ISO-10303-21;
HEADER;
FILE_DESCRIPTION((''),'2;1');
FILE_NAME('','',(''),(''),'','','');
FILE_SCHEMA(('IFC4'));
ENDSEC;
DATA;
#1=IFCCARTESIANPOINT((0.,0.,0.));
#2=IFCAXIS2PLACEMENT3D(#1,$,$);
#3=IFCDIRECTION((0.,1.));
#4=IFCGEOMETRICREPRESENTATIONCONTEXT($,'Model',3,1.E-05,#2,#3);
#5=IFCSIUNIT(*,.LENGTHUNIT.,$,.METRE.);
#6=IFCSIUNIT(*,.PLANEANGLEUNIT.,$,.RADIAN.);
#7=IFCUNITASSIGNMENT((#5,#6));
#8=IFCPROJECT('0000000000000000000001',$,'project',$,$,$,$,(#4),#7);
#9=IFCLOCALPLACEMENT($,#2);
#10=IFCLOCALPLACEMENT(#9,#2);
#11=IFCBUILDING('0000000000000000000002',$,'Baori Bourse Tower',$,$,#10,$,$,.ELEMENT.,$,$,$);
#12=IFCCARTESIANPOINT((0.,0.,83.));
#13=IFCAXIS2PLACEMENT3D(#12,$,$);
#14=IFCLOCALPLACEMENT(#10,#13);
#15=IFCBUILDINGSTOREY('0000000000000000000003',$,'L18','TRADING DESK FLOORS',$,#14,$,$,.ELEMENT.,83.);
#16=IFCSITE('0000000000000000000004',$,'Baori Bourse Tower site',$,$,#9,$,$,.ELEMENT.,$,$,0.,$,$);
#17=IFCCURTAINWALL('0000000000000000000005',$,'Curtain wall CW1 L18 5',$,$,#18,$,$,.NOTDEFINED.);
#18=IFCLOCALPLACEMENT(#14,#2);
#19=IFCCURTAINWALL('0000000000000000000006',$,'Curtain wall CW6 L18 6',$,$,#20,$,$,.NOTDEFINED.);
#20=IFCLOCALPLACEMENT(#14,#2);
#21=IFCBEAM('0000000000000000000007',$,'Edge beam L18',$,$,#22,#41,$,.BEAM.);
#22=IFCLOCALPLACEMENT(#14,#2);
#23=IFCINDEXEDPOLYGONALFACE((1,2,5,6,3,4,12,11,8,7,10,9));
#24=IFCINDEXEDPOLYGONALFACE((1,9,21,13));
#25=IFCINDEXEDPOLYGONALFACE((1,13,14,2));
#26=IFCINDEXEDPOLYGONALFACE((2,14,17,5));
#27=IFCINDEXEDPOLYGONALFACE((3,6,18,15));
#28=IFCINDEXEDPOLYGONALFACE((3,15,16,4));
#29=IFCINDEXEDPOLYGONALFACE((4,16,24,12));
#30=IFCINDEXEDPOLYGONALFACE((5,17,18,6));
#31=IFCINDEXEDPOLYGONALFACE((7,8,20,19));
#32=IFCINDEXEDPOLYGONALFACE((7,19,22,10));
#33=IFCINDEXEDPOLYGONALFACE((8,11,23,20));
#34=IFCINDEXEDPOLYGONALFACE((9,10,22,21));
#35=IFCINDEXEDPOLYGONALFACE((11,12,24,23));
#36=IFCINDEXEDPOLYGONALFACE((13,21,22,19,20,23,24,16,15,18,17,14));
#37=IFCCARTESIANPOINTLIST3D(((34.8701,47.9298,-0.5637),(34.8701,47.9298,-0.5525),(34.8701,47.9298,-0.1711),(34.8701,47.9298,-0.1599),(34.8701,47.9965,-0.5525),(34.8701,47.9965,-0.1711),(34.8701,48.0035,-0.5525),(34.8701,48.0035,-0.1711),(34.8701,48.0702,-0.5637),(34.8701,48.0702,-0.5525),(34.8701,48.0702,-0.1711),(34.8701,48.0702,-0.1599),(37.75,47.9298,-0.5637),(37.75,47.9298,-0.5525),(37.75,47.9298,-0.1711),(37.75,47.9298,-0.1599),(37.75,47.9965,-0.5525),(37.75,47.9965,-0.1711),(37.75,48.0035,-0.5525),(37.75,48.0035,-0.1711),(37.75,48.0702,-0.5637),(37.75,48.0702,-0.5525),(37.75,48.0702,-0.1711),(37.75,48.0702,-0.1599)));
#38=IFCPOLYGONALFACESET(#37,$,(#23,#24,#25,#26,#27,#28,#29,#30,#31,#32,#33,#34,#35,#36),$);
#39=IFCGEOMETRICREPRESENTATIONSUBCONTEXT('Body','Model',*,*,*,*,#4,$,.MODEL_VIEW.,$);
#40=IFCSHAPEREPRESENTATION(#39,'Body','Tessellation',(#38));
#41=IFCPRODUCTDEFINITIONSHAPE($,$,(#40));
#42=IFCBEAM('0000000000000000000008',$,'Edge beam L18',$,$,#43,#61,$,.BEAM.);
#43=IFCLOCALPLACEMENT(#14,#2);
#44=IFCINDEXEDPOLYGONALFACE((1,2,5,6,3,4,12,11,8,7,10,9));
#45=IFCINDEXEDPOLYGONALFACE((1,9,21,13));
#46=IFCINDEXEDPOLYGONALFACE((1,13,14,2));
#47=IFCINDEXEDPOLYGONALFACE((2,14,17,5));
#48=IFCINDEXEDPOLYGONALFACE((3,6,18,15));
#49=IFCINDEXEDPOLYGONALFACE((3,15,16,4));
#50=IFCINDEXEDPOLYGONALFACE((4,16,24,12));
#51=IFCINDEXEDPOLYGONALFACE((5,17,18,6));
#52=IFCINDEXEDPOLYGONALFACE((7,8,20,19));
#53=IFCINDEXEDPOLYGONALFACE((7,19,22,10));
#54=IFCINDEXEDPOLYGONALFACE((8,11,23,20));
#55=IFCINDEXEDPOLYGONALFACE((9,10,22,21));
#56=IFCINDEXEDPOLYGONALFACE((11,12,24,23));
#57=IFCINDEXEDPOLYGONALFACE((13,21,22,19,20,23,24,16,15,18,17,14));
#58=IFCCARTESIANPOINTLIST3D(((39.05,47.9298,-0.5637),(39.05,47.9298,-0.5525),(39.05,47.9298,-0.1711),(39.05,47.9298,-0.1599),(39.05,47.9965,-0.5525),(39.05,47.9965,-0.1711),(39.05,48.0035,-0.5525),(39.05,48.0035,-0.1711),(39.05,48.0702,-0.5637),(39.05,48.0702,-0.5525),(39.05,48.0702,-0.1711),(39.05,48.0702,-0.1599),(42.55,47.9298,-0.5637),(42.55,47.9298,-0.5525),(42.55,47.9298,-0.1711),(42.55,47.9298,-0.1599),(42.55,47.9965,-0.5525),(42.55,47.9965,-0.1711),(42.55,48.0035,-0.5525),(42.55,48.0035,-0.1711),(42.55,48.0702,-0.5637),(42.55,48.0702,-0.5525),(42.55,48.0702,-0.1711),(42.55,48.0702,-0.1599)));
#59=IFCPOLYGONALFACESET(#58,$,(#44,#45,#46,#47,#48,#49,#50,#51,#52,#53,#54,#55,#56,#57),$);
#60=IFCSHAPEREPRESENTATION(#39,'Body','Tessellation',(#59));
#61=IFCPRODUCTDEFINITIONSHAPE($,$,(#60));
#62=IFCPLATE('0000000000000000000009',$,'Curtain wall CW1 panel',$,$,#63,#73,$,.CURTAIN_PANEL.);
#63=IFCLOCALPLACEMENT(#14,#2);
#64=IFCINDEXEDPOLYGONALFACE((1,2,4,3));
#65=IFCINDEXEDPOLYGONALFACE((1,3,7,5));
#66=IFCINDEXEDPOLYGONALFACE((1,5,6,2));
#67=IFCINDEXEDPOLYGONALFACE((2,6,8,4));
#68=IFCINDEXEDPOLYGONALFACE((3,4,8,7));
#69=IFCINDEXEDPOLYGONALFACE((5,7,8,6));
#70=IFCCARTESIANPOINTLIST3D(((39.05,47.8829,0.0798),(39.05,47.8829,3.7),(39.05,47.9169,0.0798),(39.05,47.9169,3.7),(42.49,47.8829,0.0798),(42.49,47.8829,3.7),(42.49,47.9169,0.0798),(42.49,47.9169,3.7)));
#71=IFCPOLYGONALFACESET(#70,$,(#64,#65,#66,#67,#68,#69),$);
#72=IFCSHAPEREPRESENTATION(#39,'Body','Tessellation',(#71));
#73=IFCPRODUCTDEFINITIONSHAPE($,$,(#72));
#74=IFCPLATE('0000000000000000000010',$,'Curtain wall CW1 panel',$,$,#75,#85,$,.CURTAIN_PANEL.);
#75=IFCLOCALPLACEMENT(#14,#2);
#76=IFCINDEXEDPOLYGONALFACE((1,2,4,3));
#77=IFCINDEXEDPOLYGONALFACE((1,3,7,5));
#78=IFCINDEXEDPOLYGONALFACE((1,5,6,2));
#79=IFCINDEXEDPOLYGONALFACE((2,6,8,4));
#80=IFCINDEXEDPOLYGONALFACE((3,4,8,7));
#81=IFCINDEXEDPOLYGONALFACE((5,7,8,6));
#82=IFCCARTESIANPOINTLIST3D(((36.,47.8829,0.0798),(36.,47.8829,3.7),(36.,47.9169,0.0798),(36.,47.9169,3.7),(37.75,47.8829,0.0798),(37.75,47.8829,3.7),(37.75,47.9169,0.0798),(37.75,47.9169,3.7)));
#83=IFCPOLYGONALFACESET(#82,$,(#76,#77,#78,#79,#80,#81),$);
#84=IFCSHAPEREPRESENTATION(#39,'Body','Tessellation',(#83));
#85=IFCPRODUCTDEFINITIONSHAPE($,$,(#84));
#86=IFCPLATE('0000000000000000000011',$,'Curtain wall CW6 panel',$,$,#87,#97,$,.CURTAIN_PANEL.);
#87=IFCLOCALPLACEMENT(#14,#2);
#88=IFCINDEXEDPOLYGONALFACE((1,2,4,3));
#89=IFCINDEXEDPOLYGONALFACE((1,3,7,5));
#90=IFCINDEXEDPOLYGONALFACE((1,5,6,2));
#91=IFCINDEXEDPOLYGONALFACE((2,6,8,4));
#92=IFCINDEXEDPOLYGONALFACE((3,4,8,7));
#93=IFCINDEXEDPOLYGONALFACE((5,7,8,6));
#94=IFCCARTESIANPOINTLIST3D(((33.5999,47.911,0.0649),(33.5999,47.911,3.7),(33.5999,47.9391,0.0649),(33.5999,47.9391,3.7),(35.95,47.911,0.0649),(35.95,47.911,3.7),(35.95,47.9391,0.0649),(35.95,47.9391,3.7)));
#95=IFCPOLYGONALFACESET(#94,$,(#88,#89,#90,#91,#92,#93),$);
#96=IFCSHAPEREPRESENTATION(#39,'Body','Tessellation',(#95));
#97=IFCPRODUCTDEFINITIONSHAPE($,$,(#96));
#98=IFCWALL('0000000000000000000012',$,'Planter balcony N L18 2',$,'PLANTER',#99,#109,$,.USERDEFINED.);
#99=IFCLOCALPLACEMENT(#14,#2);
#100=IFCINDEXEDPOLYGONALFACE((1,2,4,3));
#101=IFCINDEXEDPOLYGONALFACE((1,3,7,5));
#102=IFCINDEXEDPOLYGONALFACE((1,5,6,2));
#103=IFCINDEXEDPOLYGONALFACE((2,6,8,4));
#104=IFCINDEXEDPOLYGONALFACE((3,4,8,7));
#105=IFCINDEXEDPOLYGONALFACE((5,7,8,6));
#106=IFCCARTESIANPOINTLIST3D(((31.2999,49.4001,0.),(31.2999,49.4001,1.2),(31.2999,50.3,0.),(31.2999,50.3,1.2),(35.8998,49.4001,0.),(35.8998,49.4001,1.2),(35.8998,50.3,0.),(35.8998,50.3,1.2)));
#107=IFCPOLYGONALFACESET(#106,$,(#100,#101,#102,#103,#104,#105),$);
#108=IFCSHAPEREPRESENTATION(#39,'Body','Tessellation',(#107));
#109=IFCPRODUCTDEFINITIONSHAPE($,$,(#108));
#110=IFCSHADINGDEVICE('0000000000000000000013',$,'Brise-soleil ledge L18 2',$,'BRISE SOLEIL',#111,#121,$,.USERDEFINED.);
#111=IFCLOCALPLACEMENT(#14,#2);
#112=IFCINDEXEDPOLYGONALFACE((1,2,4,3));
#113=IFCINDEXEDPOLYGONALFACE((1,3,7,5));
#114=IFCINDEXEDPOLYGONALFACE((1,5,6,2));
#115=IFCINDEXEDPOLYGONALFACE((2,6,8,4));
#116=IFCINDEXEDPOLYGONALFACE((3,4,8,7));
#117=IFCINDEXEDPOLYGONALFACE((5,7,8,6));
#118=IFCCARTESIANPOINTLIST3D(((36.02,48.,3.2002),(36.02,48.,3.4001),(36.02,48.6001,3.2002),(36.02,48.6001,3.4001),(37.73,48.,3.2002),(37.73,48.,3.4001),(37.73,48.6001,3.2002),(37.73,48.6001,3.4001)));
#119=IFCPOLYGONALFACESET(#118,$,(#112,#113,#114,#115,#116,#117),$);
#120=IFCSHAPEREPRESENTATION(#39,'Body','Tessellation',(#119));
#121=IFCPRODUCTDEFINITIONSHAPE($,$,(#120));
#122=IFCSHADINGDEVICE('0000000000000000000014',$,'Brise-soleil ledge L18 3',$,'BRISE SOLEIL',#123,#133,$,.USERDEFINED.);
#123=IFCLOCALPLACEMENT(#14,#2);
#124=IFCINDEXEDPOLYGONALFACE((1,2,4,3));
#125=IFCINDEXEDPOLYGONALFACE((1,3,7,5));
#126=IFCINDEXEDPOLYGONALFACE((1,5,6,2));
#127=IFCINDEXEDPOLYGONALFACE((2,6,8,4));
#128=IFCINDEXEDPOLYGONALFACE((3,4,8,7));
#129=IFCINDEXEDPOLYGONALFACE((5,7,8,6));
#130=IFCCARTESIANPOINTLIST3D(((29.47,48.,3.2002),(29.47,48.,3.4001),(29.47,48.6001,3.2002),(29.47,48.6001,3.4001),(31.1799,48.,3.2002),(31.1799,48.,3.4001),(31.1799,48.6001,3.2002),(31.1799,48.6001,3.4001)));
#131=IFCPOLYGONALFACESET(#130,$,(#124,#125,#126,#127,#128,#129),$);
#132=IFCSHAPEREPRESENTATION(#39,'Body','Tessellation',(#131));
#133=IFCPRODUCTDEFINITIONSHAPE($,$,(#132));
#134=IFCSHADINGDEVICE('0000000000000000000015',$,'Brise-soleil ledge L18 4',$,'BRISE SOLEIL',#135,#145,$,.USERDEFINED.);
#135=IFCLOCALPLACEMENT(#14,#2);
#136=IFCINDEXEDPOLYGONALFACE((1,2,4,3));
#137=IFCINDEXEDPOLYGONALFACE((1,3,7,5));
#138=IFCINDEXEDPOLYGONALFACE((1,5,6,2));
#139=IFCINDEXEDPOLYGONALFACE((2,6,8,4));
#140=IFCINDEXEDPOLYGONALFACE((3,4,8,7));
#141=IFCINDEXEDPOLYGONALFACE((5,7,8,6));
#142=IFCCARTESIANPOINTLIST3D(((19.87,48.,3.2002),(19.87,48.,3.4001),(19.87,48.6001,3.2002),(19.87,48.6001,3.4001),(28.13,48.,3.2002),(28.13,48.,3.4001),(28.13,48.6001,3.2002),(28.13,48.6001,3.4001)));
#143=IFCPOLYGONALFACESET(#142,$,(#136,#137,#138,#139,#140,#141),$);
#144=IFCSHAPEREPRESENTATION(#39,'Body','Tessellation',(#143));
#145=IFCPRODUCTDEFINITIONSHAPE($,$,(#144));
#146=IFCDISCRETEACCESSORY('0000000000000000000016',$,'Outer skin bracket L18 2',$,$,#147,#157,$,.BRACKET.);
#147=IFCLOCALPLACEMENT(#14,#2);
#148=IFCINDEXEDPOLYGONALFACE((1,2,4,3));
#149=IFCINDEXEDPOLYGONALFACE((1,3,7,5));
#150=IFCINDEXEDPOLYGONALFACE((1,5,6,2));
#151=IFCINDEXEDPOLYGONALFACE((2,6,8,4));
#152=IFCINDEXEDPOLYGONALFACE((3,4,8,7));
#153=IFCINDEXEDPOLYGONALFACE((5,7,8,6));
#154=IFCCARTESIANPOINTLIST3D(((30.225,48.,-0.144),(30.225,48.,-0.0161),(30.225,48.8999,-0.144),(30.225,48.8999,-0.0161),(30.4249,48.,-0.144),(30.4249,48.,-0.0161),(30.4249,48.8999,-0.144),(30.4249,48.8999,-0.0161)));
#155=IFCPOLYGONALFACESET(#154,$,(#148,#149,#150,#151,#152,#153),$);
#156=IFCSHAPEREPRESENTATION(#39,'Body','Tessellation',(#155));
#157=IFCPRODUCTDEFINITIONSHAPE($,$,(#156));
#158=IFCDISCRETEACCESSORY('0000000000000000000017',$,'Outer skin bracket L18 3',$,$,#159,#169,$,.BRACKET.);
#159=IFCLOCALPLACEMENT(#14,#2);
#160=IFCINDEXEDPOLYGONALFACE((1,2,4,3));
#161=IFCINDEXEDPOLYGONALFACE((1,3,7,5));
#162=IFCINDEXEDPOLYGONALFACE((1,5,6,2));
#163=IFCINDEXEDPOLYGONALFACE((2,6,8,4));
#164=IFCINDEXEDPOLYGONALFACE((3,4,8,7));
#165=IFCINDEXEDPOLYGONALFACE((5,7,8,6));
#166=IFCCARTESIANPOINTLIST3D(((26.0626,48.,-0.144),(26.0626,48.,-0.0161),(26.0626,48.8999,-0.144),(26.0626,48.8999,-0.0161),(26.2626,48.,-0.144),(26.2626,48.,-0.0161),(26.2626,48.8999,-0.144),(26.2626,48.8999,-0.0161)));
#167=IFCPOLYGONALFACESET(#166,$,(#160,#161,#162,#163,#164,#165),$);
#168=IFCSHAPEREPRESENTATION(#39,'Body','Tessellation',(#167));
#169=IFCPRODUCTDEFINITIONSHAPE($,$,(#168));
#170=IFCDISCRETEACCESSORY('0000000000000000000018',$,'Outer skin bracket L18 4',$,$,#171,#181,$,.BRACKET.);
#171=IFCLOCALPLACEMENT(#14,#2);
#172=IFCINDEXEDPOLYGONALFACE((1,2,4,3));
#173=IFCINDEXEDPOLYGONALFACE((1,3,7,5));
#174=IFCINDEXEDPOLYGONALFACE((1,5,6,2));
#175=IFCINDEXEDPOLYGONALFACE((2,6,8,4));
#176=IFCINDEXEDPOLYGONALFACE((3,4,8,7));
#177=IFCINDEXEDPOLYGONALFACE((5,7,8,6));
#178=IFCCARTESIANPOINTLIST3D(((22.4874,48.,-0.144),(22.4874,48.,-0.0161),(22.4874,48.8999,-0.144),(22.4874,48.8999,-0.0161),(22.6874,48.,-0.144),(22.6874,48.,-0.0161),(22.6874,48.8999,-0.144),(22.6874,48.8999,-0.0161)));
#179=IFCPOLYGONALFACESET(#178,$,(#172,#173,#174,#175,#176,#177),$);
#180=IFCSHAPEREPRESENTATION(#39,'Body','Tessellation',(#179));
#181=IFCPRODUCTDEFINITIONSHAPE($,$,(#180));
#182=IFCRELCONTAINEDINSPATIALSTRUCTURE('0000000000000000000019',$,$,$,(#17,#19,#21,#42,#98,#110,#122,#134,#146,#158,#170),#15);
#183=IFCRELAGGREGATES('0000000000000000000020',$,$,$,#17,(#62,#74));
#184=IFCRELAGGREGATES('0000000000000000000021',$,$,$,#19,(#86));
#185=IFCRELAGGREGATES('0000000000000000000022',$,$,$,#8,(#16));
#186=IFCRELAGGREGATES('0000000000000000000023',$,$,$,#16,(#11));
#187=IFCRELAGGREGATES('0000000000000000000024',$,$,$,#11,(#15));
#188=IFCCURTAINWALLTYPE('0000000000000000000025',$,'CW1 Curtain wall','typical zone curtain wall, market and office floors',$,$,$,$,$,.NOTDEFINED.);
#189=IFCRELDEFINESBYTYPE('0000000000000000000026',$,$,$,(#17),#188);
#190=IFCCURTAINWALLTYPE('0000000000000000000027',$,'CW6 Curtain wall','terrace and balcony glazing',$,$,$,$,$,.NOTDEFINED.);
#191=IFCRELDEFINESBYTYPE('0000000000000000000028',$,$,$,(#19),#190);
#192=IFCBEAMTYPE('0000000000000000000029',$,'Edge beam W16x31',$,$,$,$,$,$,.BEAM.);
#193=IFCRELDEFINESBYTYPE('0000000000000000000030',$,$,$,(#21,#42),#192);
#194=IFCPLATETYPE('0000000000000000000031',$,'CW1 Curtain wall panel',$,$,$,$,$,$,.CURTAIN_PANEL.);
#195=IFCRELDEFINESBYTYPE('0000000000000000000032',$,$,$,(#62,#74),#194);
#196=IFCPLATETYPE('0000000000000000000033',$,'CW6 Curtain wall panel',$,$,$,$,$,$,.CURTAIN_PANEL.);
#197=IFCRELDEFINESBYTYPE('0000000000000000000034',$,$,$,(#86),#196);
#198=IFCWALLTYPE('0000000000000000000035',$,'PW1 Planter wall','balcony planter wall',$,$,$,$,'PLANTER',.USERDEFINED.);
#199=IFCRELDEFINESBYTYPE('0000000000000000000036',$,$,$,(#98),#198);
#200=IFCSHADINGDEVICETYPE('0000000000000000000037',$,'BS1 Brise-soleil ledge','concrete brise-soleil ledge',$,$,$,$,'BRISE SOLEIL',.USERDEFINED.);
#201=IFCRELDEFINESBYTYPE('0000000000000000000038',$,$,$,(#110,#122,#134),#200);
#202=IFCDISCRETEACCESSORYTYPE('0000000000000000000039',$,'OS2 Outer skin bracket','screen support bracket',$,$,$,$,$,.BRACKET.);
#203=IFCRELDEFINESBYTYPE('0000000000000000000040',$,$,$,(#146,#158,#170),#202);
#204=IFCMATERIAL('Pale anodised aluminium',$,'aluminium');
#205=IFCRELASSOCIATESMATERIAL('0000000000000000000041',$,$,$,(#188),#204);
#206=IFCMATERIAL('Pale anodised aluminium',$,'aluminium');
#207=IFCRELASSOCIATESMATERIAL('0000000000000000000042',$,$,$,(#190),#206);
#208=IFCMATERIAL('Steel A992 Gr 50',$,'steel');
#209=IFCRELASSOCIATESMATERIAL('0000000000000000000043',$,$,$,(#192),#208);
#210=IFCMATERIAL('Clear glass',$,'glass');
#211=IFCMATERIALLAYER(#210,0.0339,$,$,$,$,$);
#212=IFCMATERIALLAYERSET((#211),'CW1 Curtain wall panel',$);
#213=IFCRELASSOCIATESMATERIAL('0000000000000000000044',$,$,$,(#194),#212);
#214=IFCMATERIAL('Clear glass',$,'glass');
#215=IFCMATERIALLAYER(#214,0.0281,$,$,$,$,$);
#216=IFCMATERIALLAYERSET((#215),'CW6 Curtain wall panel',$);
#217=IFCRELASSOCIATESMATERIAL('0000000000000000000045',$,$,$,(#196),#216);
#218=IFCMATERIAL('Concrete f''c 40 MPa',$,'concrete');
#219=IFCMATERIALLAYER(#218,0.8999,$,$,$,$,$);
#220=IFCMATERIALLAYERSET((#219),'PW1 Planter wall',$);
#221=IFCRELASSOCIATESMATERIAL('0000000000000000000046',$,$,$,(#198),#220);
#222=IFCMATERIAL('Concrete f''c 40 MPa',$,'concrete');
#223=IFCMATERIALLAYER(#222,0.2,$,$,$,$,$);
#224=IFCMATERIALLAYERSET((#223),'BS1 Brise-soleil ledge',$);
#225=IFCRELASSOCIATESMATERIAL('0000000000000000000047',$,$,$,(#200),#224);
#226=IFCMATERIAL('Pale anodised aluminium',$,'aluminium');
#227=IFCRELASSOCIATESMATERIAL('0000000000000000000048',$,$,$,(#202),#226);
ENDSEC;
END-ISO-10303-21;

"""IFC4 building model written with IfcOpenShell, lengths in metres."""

from ifc_helpers import new_model, si_unit, direction, frame, frame_2d, origin, origin_2d, place, context, subcontext, project, spatial, rectangle, i_section, extrude, material, layer, layer_set, material_profile, profile_set, type_object, element, aggregate, save


model = new_model("IFC4")

# Units and contexts
model_context = context("Model", 3, precision=1e-05, world=origin(), true_north=direction((0.0, 1.0)))
body_context = subcontext(model_context, "Body", "Model", "MODEL_VIEW")
ifc_project = project(units=[si_unit("LENGTHUNIT", "METRE"), si_unit("PLANEANGLEUNIT", "RADIAN")], contexts=[model_context])

# Site, building, storey
site_placement = place(None, origin())
site = spatial("IfcSite", under=ifc_project, at=site_placement, Name="Baori Bourse Tower site", CompositionType="ELEMENT", RefElevation=0.0)
building_placement = place(site_placement, origin())
building = spatial("IfcBuilding", under=site, at=building_placement, Name="Baori Bourse Tower", CompositionType="ELEMENT")
storey_placement = place(building_placement, frame((0.0, 0.0, 83.0)))
storey = spatial("IfcBuildingStorey", under=building, at=storey_placement, Name="L18", Description="TRADING DESK FLOORS", CompositionType="ELEMENT", Elevation=83.0)

# Curtain wall
ifc_material_1 = material(Name="Pale anodised aluminium", Category="aluminium")
curtain_wall_type_1 = type_object("IfcCurtainWallType", Name="CW1 Curtain wall", Description="typical zone curtain wall, market and office floors", PredefinedType="NOTDEFINED", material=ifc_material_1)
curtain_wall_1_placement = place(storey_placement, origin())
curtain_wall_1 = element("IfcCurtainWall", 1, at=curtain_wall_1_placement, inside=storey, type_object=curtain_wall_type_1, Name="Curtain wall CW1 L18 5", PredefinedType="NOTDEFINED")

# Curtain wall
ifc_material_2 = material(Name="Pale anodised aluminium", Category="aluminium")
curtain_wall_type_2 = type_object("IfcCurtainWallType", Name="CW6 Curtain wall", Description="terrace and balcony glazing", PredefinedType="NOTDEFINED", material=ifc_material_2)
curtain_wall_2_placement = place(storey_placement, origin())
curtain_wall_2 = element("IfcCurtainWall", 2, at=curtain_wall_2_placement, inside=storey, type_object=curtain_wall_type_2, Name="Curtain wall CW6 L18 6", PredefinedType="NOTDEFINED")

# Beams
ifc_material_3 = material(Name="Steel A992 Gr 50", Category="steel")
ifc_material_profile_1 = material_profile(ifc_material_3, i_section(OverallWidth=0.1404, OverallDepth=0.4038, WebThickness=0.0071, FlangeThickness=0.0112, at=origin_2d()), Name="W16x31")
ifc_profile_set_1 = profile_set([ifc_material_profile_1], Name="Steel A992 Gr 50")
beam_type_1 = type_object("IfcBeamType", Name="Edge beam W16x31", PredefinedType="BEAM", material=ifc_profile_set_1)
beam_1_placement = place(storey_placement, frame((34.8701, 48.0, -0.3618), z_axis=(1.0, 0.0, 0.0), x_axis=(0.0, 1.0, 0.0)))
element("IfcBeam", 3, at=beam_1_placement, inside=storey, type_object=beam_type_1, Name="Edge beam L18", PredefinedType="BEAM", context=body_context, shape_type="SweptSolid", body=[
    extrude(i_section(OverallWidth=0.1404, OverallDepth=0.4038, WebThickness=0.0071, FlangeThickness=0.0112, at=origin_2d()), origin(), (0.0, 0.0, 1.0), 2.8799),
])
beam_2_placement = place(storey_placement, frame((39.05, 48.0, -0.3618), z_axis=(1.0, 0.0, 0.0), x_axis=(0.0, 1.0, 0.0)))
element("IfcBeam", 4, at=beam_2_placement, inside=storey, type_object=beam_type_1, Name="Edge beam L18", PredefinedType="BEAM", context=body_context, shape_type="SweptSolid", body=[
    extrude(i_section(OverallWidth=0.1404, OverallDepth=0.4038, WebThickness=0.0071, FlangeThickness=0.0112, at=origin_2d()), origin(), (0.0, 0.0, 1.0), 3.5),
])

# Plates
ifc_material_4 = material(Name="Clear glass", Category="glass")
ifc_layer_1 = layer(ifc_material_4, 0.0339)
ifc_layer_set_1 = layer_set([ifc_layer_1], Name="CW1 Curtain wall panel")
plate_type_1 = type_object("IfcPlateType", Name="CW1 Curtain wall panel", PredefinedType="CURTAIN_PANEL", material=ifc_layer_set_1)
plate_1_placement = place(storey_placement, frame((40.77, 47.8999, 0.0798), z_axis=(0.0, 0.0, 1.0), x_axis=(-1.0, 0.0, 0.0)))
plate_1 = element("IfcPlate", 5, at=plate_1_placement, type_object=plate_type_1, Name="Curtain wall CW1 panel", PredefinedType="CURTAIN_PANEL", context=body_context, shape_type="SweptSolid", body=[
    extrude(rectangle(XDim=3.4399, YDim=0.0339, at=origin_2d()), origin(), (0.0, 0.0, 1.0), 3.6201),
])
plate_2_placement = place(storey_placement, frame((36.875, 47.8999, 0.0798), z_axis=(0.0, 0.0, 1.0), x_axis=(-1.0, 0.0, 0.0)))
plate_2 = element("IfcPlate", 6, at=plate_2_placement, type_object=plate_type_1, Name="Curtain wall CW1 panel", PredefinedType="CURTAIN_PANEL", context=body_context, shape_type="SweptSolid", body=[
    extrude(rectangle(XDim=1.75, YDim=0.0339, at=origin_2d()), origin(), (0.0, 0.0, 1.0), 3.6201),
])
aggregate(curtain_wall_1, [plate_1, plate_2])
ifc_material_5 = material(Name="Clear glass", Category="glass")
ifc_layer_2 = layer(ifc_material_5, 0.0281)
ifc_layer_set_2 = layer_set([ifc_layer_2], Name="CW6 Curtain wall panel")
plate_type_2 = type_object("IfcPlateType", Name="CW6 Curtain wall panel", PredefinedType="CURTAIN_PANEL", material=ifc_layer_set_2)
plate_3_placement = place(storey_placement, frame((34.7749, 47.925, 0.0649), z_axis=(0.0, 0.0, 1.0), x_axis=(-1.0, 0.0, 0.0)))
plate_3 = element("IfcPlate", 7, at=plate_3_placement, type_object=plate_type_2, Name="Curtain wall CW6 panel", PredefinedType="CURTAIN_PANEL", context=body_context, shape_type="SweptSolid", body=[
    extrude(rectangle(XDim=2.3501, YDim=0.0281, at=origin_2d()), origin(), (0.0, 0.0, 1.0), 3.635),
])
aggregate(curtain_wall_2, [plate_3])

# Wall
ifc_material_6 = material(Name="Concrete f'c 40 MPa", Category="concrete")
ifc_layer_3 = layer(ifc_material_6, 0.8999)
ifc_layer_set_3 = layer_set([ifc_layer_3], Name="PW1 Planter wall")
wall_type = type_object("IfcWallType", Name="PW1 Planter wall", Description="balcony planter wall", ElementType="PLANTER", PredefinedType="USERDEFINED", material=ifc_layer_set_3)
wall_placement = place(storey_placement, frame((31.3, 49.8501, 0.0), z_axis=(0.0, 0.0, 1.0), x_axis=(1.0, 0.0, 0.0)))
element("IfcWall", 8, at=wall_placement, inside=storey, type_object=wall_type, Name="Planter balcony N L18 2", ObjectType="PLANTER", PredefinedType="USERDEFINED", context=body_context, shape_type="SweptSolid", body=[
    extrude(rectangle(XDim=4.5999, YDim=0.8999, at=frame_2d((2.2998, 0.0))), origin(), (0.0, 0.0, 1.0), 1.2),
])

# Shading devices
ifc_material_7 = material(Name="Concrete f'c 40 MPa", Category="concrete")
ifc_layer_4 = layer(ifc_material_7, 0.2)
ifc_layer_set_4 = layer_set([ifc_layer_4], Name="BS1 Brise-soleil ledge")
shading_device_type = type_object("IfcShadingDeviceType", Name="BS1 Brise-soleil ledge", Description="concrete brise-soleil ledge", ElementType="BRISE SOLEIL", PredefinedType="USERDEFINED", material=ifc_layer_set_4)
for number, where, z_axis, x_axis, name in (
    (9, (36.875, 48.3, 3.2002), (0.0, 0.0, 1.0), (-1.0, 0.0, 0.0), "Brise-soleil ledge L18 2"),
    (10, (30.325, 48.3, 3.2002), (0.0, 0.0, 1.0), (-1.0, 0.0, 0.0), "Brise-soleil ledge L18 3"),
):
    element("IfcShadingDevice", number, at=place(storey_placement, frame(where, z_axis=z_axis, x_axis=x_axis)), inside=storey, type_object=shading_device_type, Name=name, ObjectType="BRISE SOLEIL", PredefinedType="USERDEFINED", context=body_context, shape_type="SweptSolid", body=[
        extrude(rectangle(XDim=1.71, YDim=0.6001, at=origin_2d()), origin(), (0.0, 0.0, 1.0), 0.2),
    ])
shading_device_placement = place(storey_placement, frame((24.0, 48.3, 3.2002), z_axis=(0.0, 0.0, 1.0), x_axis=(-1.0, 0.0, 0.0)))
element("IfcShadingDevice", 11, at=shading_device_placement, inside=storey, type_object=shading_device_type, Name="Brise-soleil ledge L18 4", ObjectType="BRISE SOLEIL", PredefinedType="USERDEFINED", context=body_context, shape_type="SweptSolid", body=[
    extrude(rectangle(XDim=8.26, YDim=0.6001, at=origin_2d()), origin(), (0.0, 0.0, 1.0), 0.2),
])

# Discrete accessories
ifc_material_8 = material(Name="Pale anodised aluminium", Category="aluminium")
discrete_accessory_type = type_object("IfcDiscreteAccessoryType", Name="OS2 Outer skin bracket", Description="screen support bracket", PredefinedType="BRACKET", material=ifc_material_8)
for number, where, z_axis, x_axis, name in (
    (12, (30.325, 48.45, -0.144), (0.0, 0.0, 1.0), (-1.0, 0.0, 0.0), "Outer skin bracket L18 2"),
    (13, (26.1626, 48.45, -0.144), (0.0, 0.0, 1.0), (-1.0, 0.0, 0.0), "Outer skin bracket L18 3"),
    (14, (22.5874, 48.45, -0.144), (0.0, 0.0, 1.0), (-1.0, 0.0, 0.0), "Outer skin bracket L18 4"),
):
    element("IfcDiscreteAccessory", number, at=place(storey_placement, frame(where, z_axis=z_axis, x_axis=x_axis)), inside=storey, type_object=discrete_accessory_type, Name=name, PredefinedType="BRACKET", context=body_context, shape_type="SweptSolid", body=[
        extrude(rectangle(XDim=0.2, YDim=0.8999, at=origin_2d()), origin(), (0.0, 0.0, 1.0), 0.1279),
    ])

save(model, "model.ifc")
